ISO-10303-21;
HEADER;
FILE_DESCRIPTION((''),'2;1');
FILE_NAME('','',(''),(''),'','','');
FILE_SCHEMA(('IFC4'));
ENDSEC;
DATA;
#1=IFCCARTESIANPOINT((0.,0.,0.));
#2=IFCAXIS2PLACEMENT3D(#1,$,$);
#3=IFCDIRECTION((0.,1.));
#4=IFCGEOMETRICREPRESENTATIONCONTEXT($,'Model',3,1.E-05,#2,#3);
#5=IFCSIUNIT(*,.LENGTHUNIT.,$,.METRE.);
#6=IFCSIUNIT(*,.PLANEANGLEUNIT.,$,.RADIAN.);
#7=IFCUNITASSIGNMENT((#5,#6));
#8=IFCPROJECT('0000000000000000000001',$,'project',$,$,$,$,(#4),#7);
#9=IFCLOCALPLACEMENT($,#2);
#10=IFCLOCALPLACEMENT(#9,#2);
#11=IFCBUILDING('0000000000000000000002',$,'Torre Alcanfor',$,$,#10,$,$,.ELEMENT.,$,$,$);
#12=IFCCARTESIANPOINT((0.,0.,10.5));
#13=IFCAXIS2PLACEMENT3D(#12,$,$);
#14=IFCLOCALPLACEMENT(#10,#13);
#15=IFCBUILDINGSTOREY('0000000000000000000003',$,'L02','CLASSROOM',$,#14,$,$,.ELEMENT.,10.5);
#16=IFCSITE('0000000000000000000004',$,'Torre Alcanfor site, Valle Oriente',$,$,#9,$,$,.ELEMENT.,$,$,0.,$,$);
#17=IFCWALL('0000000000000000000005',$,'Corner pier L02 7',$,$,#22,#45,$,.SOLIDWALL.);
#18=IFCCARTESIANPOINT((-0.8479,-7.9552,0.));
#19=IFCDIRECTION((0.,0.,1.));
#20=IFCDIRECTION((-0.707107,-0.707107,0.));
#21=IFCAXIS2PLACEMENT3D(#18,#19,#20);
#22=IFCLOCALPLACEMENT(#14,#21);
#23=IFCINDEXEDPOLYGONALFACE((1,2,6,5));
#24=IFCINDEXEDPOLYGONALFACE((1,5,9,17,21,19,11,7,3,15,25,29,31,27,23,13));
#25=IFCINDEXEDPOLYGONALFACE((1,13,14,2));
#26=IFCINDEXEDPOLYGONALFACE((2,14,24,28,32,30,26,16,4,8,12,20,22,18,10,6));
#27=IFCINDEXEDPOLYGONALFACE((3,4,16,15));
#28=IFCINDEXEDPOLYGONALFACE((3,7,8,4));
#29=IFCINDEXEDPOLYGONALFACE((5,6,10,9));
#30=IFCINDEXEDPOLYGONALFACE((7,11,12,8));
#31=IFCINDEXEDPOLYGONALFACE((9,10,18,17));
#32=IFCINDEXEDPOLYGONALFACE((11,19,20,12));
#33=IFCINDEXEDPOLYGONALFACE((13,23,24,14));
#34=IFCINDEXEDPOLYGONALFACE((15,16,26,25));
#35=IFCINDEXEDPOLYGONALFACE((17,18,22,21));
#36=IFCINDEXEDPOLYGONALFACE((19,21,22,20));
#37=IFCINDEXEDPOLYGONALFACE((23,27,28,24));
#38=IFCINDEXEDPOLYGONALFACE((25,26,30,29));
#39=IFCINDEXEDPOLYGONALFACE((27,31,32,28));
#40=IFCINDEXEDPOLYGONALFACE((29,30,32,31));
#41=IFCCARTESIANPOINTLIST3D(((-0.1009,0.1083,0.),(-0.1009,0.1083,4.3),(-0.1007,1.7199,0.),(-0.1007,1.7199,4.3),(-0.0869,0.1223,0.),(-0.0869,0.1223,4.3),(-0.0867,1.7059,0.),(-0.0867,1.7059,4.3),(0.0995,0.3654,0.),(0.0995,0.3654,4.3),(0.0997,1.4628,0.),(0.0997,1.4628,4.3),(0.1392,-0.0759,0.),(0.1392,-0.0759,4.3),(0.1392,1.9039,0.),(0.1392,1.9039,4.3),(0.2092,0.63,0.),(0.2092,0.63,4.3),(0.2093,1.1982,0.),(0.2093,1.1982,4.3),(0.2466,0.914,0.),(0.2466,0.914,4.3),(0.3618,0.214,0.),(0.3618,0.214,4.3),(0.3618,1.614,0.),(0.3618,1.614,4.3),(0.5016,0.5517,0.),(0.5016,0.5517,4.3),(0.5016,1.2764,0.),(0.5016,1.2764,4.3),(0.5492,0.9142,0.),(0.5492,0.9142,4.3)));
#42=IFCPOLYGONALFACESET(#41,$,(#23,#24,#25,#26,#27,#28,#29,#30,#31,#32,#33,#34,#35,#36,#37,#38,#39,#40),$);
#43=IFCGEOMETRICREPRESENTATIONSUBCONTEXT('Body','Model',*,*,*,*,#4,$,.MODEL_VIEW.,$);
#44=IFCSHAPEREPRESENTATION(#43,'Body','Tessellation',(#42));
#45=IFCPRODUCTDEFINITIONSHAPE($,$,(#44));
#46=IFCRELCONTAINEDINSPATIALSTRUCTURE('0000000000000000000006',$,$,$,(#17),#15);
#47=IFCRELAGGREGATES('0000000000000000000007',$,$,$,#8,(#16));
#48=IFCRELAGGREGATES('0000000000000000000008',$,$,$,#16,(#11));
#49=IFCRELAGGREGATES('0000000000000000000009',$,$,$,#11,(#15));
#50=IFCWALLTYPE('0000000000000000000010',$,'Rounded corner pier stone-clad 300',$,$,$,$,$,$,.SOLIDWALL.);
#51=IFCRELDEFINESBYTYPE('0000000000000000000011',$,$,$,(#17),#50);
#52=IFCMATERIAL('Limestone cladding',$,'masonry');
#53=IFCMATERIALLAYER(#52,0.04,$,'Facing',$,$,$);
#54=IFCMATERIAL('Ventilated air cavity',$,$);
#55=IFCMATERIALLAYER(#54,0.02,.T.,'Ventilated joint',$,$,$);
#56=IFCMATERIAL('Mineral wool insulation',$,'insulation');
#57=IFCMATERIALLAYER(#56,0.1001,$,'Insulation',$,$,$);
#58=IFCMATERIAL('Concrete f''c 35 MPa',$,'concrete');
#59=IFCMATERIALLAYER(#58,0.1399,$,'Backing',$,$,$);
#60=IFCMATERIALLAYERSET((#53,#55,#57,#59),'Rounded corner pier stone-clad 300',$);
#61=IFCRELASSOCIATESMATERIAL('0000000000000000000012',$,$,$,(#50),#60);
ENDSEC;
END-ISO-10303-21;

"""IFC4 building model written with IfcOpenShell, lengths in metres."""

from ifc_helpers import new_model, si_unit, direction, frame, origin, place, context, subcontext, project, spatial, polyline, outline, extrude, material, layer, layer_set, type_object, element, save


model = new_model("IFC4")

# Units and contexts
model_context = context("Model", 3, precision=1e-05, world=origin(), true_north=direction((0.0, 1.0)))
body_context = subcontext(model_context, "Body", "Model", "MODEL_VIEW")
ifc_project = project(units=[si_unit("LENGTHUNIT", "METRE"), si_unit("PLANEANGLEUNIT", "RADIAN")], contexts=[model_context])

# Site, building, storey
site_placement = place(None, origin())
site = spatial("IfcSite", under=ifc_project, at=site_placement, Name="Torre Alcanfor site, Valle Oriente", CompositionType="ELEMENT", RefElevation=0.0)
building_placement = place(site_placement, origin())
building = spatial("IfcBuilding", under=site, at=building_placement, Name="Torre Alcanfor", CompositionType="ELEMENT")
storey_placement = place(building_placement, frame((0.0, 0.0, 10.5)))
storey = spatial("IfcBuildingStorey", under=building, at=storey_placement, Name="L02", Description="CLASSROOM", CompositionType="ELEMENT", Elevation=10.5)

# Wall
ifc_material_1 = material(Name="Limestone cladding", Category="masonry")
ifc_layer_1 = layer(ifc_material_1, 0.04, Name="Facing")
ifc_material_2 = material(Name="Ventilated air cavity")
ifc_layer_2 = layer(ifc_material_2, 0.02, ventilated=True, Name="Ventilated joint")
ifc_material_3 = material(Name="Mineral wool insulation", Category="insulation")
ifc_layer_3 = layer(ifc_material_3, 0.1001, Name="Insulation")
ifc_material_4 = material(Name="Concrete f'c 35 MPa", Category="concrete")
ifc_layer_4 = layer(ifc_material_4, 0.1399, Name="Backing")
ifc_layer_set_1 = layer_set([ifc_layer_1, ifc_layer_2, ifc_layer_3, ifc_layer_4], Name="Rounded corner pier stone-clad 300")
wall_type = type_object("IfcWallType", Name="Rounded corner pier stone-clad 300", PredefinedType="SOLIDWALL", material=ifc_layer_set_1)
wall_placement = place(storey_placement, frame((-0.8479, -7.9552, 0.0), z_axis=(0.0, 0.0, 1.0), x_axis=(-0.707107, -0.707107, 0.0)))
element("IfcWall", 1, at=wall_placement, inside=storey, type_object=wall_type, Name="Corner pier L02 7", PredefinedType="SOLIDWALL", context=body_context, shape_type="SweptSolid", body=[
    extrude(outline(polyline([(0.1392, 1.9039), (-0.1007, 1.7199), (-0.0867, 1.7059), (0.0997, 1.4628), (0.2093, 1.1982), (0.2466, 0.914), (0.2092, 0.63), (0.0995, 0.3654), (-0.0869, 0.1223), (-0.1009, 0.1083), (0.1392, -0.0759), (0.3618, 0.214), (0.5016, 0.5517), (0.5492, 0.9142), (0.5016, 1.2764), (0.3618, 1.614), (0.1392, 1.9039)])), origin(), (0.0, 0.0, 1.0), 4.3),
])

save(model, "model.ifc")
